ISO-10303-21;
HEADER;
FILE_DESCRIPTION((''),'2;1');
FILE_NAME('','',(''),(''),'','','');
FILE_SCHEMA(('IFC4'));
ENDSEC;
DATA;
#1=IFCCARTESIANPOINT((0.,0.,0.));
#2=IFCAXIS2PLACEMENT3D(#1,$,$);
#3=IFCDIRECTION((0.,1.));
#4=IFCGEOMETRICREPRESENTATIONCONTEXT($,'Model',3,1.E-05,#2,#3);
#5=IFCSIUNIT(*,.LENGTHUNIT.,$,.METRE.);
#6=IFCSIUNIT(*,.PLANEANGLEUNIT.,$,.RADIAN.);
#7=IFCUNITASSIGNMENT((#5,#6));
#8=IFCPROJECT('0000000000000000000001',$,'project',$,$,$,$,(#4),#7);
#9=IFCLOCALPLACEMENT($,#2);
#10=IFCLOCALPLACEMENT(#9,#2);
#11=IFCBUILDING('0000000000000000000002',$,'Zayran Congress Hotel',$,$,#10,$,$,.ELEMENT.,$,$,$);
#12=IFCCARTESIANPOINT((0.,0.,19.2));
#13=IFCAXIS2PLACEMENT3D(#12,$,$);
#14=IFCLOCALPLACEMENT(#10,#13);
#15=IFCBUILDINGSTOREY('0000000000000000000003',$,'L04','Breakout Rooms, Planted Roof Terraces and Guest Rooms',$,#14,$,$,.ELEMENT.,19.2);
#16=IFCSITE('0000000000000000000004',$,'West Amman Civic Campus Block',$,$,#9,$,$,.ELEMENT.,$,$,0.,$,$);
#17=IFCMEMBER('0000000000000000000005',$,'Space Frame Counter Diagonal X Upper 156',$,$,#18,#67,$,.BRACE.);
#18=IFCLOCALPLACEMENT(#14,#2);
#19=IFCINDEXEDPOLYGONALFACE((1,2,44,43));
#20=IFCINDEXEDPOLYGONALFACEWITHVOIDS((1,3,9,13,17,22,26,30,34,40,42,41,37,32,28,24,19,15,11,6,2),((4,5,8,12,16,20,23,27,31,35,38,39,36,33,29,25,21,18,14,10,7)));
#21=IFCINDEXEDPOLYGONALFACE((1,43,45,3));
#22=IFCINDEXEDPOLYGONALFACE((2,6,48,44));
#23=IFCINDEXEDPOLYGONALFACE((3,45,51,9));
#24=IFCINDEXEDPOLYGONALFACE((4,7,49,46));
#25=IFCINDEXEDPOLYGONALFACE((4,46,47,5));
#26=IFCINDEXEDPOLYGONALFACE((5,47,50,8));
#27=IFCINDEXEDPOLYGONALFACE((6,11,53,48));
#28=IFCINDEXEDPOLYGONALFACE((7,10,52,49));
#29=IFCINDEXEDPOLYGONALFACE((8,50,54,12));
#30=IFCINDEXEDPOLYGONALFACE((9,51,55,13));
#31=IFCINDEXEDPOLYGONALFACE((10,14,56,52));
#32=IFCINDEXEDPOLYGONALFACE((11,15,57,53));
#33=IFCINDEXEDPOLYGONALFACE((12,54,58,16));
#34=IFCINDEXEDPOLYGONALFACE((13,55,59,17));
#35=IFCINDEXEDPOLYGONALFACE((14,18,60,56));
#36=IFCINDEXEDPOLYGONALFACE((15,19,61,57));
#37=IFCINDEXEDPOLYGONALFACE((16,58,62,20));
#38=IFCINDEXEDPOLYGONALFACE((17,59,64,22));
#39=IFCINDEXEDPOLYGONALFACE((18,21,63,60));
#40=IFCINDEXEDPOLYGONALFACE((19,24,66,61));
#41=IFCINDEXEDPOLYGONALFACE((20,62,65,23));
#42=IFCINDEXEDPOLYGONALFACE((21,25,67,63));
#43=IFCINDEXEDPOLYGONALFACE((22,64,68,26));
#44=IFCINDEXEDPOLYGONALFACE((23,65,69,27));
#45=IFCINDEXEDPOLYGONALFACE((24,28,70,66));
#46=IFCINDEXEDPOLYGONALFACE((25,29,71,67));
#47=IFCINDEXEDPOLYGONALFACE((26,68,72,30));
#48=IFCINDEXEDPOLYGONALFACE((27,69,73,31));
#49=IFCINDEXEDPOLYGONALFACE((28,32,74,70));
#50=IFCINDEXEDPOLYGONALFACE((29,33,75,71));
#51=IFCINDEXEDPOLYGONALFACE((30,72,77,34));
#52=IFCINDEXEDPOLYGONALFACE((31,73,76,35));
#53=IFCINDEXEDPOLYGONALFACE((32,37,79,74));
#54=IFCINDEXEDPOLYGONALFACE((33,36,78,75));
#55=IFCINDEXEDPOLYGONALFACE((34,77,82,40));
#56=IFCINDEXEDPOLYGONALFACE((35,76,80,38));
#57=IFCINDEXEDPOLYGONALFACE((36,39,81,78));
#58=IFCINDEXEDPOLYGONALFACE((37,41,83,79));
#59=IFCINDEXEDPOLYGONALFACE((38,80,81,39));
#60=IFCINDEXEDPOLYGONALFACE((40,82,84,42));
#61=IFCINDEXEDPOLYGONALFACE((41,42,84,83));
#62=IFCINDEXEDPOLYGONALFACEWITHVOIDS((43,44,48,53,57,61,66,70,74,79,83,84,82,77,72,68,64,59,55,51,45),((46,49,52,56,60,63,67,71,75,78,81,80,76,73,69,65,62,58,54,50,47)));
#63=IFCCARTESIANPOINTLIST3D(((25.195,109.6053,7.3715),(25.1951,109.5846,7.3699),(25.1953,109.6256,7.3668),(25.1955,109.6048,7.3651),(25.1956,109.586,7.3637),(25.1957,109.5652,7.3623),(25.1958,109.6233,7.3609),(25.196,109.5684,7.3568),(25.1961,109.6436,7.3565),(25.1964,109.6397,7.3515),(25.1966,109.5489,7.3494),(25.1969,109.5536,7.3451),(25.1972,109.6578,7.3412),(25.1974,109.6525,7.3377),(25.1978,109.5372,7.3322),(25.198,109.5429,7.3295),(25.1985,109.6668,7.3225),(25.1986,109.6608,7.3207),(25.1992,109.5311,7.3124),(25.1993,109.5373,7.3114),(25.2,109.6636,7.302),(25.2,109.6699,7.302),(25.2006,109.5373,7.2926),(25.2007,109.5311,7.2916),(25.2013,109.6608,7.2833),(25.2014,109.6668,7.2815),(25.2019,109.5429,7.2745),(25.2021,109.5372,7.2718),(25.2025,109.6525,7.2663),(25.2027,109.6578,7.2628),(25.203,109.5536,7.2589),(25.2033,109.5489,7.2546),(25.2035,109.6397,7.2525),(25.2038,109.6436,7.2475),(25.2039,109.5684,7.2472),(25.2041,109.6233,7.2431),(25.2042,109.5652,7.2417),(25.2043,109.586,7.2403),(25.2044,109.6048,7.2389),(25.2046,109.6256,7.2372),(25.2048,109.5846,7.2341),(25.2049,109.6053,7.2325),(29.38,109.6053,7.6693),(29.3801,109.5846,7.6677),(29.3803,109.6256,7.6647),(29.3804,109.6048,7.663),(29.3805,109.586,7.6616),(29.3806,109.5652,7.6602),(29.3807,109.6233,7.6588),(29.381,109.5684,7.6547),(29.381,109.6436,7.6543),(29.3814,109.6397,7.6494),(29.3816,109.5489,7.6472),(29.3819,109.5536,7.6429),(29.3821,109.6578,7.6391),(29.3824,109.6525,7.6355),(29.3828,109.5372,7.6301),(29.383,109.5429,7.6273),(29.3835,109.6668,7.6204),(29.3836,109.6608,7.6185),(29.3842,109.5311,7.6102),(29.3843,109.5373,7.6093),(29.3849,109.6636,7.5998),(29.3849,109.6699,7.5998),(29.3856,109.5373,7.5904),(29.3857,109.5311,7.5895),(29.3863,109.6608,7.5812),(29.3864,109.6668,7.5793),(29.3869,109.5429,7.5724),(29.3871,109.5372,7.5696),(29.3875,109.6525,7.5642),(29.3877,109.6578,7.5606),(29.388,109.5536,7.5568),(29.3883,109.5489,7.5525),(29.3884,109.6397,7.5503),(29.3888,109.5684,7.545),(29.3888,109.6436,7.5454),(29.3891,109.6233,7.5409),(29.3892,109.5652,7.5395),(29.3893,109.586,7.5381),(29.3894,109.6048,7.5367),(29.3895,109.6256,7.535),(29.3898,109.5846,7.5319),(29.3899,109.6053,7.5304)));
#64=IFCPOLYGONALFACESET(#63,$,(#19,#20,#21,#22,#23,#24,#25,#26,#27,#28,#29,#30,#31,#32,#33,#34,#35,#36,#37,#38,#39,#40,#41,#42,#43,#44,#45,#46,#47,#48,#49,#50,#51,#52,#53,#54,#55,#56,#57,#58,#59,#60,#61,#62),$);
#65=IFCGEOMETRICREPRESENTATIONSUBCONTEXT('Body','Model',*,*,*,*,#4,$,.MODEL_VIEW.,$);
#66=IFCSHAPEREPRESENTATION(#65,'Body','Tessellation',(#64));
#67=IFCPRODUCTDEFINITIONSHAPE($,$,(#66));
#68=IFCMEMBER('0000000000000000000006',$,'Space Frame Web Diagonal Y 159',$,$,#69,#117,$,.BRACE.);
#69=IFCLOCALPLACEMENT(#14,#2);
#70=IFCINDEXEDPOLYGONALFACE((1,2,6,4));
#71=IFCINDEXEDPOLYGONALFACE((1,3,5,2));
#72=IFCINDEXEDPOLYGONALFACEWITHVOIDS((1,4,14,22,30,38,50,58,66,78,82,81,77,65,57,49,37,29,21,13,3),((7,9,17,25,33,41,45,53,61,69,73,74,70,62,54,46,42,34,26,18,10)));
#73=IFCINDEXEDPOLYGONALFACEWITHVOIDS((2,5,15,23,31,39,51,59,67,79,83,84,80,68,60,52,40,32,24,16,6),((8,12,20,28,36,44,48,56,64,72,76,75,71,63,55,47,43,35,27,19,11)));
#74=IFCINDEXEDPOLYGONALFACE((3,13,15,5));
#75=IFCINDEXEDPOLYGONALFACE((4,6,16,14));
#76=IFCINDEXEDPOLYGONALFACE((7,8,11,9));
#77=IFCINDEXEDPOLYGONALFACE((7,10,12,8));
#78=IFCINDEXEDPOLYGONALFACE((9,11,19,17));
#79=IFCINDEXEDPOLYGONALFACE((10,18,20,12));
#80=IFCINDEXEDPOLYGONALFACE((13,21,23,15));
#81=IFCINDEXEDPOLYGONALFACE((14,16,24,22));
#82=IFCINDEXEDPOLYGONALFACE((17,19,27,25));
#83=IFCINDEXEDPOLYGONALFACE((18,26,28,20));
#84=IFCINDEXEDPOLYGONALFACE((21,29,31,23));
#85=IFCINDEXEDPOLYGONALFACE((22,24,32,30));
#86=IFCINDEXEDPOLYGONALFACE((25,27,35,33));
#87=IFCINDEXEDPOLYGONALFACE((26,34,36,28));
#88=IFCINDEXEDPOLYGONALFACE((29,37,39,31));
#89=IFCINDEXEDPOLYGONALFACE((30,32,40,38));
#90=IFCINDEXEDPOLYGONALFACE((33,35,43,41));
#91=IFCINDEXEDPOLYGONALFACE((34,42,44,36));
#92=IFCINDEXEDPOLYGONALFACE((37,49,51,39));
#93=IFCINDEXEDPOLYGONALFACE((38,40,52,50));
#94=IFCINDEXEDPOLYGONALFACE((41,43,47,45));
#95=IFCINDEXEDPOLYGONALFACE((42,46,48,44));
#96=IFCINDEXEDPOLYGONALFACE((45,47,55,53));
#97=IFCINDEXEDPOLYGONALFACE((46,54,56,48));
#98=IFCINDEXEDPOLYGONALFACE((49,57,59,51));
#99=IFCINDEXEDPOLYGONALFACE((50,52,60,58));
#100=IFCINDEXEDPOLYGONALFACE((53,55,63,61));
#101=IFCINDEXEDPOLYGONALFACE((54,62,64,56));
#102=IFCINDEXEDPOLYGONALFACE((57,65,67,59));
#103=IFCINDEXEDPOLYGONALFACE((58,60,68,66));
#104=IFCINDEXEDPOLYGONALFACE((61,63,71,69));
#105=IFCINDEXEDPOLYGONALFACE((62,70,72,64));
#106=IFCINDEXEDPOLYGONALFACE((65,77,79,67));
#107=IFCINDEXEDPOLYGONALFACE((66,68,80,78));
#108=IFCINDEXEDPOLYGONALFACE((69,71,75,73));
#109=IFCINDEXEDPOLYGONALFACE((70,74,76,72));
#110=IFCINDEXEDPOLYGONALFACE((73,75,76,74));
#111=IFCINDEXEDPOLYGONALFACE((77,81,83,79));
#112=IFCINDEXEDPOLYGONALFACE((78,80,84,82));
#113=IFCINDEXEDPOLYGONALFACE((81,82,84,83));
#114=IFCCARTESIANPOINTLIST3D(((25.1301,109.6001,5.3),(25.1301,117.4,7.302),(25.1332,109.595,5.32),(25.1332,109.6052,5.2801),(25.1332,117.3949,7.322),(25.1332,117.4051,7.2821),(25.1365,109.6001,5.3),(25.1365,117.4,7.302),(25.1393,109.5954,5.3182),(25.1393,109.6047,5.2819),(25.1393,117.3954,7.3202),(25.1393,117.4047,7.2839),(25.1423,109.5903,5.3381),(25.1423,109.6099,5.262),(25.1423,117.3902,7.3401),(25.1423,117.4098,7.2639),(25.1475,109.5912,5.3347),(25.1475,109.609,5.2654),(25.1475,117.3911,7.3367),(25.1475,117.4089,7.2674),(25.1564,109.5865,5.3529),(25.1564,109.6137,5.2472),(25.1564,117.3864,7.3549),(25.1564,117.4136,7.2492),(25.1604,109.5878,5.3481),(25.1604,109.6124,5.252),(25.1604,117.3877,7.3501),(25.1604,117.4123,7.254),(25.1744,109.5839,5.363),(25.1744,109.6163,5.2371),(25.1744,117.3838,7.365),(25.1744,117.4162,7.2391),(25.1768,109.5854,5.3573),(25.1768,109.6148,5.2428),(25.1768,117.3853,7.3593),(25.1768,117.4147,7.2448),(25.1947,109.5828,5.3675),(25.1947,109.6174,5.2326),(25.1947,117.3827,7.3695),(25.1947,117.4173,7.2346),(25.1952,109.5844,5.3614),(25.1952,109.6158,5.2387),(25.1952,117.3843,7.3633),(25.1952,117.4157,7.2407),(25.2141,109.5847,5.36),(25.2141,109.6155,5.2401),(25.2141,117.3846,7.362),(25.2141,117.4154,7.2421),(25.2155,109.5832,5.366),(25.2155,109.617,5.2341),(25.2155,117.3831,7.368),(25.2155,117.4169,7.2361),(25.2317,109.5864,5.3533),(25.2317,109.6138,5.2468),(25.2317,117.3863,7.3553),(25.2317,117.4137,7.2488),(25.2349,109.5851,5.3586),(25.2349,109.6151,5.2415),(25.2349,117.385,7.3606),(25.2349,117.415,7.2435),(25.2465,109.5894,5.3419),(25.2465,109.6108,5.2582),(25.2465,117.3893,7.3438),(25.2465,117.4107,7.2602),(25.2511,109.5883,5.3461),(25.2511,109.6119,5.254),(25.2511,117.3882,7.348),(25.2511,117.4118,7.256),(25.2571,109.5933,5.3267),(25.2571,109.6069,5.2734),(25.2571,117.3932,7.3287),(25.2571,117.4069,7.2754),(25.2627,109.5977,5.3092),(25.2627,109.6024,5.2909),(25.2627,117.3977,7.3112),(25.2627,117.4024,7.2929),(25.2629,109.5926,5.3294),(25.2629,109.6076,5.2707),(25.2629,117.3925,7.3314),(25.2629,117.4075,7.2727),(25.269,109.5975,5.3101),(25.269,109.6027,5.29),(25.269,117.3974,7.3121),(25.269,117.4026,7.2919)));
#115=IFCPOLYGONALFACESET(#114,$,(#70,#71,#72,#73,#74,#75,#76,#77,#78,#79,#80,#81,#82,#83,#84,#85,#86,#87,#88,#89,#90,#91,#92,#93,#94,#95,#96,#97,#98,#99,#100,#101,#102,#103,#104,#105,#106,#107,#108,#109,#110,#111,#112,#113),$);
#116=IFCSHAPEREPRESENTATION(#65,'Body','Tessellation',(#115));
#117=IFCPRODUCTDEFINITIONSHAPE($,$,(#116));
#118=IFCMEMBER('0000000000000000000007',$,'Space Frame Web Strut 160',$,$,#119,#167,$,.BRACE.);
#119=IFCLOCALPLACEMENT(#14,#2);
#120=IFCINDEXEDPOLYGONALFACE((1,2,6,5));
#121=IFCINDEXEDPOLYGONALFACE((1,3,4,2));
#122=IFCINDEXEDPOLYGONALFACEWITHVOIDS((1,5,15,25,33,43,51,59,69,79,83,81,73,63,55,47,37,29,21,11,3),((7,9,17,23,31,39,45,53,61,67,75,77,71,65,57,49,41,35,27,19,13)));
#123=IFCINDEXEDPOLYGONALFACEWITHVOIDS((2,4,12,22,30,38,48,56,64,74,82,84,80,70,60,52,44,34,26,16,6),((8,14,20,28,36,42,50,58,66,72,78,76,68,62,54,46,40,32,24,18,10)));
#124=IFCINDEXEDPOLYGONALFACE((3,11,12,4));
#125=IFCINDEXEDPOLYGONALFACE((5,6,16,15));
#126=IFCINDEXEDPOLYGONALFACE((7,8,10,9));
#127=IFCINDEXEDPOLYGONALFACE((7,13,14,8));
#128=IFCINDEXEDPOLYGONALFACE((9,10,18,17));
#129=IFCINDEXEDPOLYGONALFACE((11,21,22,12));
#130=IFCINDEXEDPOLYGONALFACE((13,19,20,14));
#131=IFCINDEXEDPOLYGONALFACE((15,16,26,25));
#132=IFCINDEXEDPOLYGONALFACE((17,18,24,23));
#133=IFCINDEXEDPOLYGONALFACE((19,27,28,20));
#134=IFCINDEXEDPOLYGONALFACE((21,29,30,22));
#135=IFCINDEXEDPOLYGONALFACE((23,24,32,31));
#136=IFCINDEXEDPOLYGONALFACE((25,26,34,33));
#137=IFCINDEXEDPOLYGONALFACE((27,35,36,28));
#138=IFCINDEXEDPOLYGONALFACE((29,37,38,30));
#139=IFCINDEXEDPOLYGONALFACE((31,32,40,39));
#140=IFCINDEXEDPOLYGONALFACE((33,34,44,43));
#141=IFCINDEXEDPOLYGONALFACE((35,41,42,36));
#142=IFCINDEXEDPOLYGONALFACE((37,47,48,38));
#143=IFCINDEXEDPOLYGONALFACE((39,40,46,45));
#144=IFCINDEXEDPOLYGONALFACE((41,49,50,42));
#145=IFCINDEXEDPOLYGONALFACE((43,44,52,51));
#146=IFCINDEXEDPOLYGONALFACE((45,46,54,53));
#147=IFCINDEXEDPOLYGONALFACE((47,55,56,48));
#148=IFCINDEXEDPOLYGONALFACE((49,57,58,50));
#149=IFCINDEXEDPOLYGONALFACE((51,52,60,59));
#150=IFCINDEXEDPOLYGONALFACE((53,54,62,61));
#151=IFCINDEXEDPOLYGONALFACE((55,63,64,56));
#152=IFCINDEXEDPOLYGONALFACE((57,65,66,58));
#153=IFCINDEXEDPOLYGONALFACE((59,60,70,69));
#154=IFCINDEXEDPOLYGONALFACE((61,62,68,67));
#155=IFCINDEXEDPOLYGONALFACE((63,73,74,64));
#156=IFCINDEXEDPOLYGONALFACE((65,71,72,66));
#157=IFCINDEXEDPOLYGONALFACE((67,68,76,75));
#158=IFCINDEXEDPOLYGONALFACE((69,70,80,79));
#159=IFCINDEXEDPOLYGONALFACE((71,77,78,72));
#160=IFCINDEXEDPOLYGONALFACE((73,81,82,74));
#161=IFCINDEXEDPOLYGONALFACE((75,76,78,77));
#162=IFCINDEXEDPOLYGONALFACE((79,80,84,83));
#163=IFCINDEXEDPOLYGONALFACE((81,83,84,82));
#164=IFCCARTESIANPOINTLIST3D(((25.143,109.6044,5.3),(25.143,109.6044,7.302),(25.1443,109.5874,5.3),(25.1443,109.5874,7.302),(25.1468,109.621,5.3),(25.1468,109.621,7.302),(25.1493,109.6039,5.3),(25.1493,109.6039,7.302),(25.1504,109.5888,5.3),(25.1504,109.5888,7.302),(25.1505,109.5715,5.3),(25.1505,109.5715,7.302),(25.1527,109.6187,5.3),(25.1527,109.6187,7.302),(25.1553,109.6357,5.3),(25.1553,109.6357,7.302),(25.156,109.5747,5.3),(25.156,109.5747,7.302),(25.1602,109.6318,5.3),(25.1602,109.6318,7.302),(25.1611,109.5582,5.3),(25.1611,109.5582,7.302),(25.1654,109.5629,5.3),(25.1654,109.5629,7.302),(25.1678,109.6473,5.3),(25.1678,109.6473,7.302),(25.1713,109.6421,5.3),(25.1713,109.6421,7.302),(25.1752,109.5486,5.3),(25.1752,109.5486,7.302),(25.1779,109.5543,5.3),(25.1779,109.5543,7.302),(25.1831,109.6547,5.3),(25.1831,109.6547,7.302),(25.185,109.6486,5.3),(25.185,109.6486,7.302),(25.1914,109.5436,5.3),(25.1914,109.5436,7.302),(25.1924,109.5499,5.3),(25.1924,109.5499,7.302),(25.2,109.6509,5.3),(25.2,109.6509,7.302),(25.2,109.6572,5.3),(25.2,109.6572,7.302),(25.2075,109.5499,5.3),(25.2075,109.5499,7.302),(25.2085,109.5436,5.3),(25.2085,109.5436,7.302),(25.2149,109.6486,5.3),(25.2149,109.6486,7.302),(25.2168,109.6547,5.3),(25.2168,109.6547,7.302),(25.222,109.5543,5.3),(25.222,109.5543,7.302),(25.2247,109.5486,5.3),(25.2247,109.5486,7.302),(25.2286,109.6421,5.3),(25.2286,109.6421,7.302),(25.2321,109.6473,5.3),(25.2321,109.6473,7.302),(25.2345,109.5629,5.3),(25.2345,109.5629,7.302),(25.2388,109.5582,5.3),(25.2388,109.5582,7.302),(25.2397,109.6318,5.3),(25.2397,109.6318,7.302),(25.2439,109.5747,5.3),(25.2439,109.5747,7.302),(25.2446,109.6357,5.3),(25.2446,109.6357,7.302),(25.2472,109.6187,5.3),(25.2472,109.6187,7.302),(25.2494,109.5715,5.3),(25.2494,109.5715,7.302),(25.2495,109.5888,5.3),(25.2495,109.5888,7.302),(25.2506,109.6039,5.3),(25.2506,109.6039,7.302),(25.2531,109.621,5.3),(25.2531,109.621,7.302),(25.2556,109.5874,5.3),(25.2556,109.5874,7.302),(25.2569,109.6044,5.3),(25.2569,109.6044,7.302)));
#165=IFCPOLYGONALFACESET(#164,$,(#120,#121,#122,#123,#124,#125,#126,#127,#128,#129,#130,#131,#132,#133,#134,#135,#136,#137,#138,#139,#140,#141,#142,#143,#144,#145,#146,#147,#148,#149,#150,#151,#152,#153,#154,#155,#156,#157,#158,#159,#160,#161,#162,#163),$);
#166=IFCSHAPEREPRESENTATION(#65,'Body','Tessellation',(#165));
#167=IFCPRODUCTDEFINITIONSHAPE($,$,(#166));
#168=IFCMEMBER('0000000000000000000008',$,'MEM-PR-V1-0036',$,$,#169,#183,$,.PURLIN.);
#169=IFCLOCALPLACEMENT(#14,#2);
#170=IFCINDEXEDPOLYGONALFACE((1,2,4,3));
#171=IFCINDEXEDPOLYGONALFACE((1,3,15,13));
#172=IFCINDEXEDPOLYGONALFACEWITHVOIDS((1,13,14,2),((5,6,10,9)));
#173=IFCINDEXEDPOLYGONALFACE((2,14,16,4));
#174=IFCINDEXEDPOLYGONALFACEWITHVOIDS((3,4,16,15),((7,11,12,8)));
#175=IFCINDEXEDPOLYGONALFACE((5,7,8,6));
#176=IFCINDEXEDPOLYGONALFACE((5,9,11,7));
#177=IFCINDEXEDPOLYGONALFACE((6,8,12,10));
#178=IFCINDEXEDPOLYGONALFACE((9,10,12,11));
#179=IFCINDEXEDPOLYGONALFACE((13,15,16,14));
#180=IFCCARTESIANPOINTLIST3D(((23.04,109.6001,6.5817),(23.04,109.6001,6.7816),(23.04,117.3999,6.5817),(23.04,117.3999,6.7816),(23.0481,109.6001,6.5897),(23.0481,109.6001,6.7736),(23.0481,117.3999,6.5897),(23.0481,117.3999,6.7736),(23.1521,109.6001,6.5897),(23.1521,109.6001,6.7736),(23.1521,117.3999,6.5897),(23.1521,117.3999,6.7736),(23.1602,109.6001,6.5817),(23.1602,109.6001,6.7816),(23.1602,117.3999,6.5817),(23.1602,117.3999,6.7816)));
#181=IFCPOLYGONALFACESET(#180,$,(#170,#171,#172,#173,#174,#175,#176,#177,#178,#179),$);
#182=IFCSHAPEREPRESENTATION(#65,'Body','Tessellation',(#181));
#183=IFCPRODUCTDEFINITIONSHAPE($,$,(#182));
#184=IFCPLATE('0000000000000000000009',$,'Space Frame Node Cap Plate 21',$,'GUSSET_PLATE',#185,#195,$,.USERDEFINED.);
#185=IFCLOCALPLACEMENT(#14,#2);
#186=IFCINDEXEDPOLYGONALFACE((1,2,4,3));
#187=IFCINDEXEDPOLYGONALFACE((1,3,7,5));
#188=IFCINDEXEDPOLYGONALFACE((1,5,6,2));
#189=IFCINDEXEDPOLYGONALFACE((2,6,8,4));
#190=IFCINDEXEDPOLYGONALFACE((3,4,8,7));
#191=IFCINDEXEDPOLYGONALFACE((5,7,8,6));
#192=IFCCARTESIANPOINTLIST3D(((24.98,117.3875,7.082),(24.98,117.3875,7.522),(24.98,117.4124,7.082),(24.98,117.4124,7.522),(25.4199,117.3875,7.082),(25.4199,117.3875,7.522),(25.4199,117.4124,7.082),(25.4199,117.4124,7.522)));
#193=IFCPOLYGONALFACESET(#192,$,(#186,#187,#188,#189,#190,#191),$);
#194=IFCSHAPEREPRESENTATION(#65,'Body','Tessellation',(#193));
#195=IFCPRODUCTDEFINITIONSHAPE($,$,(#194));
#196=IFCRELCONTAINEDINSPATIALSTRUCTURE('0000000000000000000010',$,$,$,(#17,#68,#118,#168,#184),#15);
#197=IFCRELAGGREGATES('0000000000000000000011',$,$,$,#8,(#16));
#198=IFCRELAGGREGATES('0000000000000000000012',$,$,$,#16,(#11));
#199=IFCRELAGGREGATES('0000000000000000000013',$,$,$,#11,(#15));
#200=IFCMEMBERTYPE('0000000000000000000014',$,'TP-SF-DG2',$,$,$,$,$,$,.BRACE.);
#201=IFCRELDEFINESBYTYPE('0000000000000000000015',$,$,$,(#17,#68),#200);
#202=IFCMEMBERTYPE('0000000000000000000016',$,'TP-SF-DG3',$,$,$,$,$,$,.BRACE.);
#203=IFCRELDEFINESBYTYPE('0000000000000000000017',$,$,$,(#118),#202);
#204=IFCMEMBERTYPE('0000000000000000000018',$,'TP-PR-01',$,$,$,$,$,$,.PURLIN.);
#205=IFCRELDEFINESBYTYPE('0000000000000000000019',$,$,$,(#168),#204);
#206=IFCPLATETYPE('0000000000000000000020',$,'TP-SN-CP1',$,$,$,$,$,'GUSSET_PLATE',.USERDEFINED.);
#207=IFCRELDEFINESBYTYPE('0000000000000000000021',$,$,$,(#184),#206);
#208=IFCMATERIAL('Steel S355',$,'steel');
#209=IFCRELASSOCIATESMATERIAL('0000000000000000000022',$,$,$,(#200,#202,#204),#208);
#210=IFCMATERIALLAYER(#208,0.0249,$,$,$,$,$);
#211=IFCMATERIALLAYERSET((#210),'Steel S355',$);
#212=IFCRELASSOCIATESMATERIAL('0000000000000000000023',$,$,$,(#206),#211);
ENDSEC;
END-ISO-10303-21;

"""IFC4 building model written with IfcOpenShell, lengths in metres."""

from ifc_helpers import new_model, si_unit, direction, frame, origin, origin_2d, place, context, subcontext, project, spatial, rectangle, hollow_rectangle, hollow_circle, extrude, material, layer, layer_set, material_profile, profile_set, type_object, element, save


model = new_model("IFC4")

# Units and contexts
model_context = context("Model", 3, precision=1e-05, world=origin(), true_north=direction((0.0, 1.0)))
body_context = subcontext(model_context, "Body", "Model", "MODEL_VIEW")
ifc_project = project(units=[si_unit("LENGTHUNIT", "METRE"), si_unit("PLANEANGLEUNIT", "RADIAN")], contexts=[model_context])

# Site, building, storey
site_placement = place(None, origin())
site = spatial("IfcSite", under=ifc_project, at=site_placement, Name="West Amman Civic Campus Block", CompositionType="ELEMENT", RefElevation=0.0)
building_placement = place(site_placement, origin())
building = spatial("IfcBuilding", under=site, at=building_placement, Name="Zayran Congress Hotel", CompositionType="ELEMENT")
storey_placement = place(building_placement, frame((0.0, 0.0, 19.2)))
storey = spatial("IfcBuildingStorey", under=building, at=storey_placement, Name="L04", Description="Breakout Rooms, Planted Roof Terraces and Guest Rooms", CompositionType="ELEMENT", Elevation=19.2)

# Shared definitions
ifc_material_1 = material(Name="Steel S355", Category="steel")

# Members
ifc_material_profile_1 = material_profile(ifc_material_1, hollow_circle(Radius=0.0698, WallThickness=0.0063, at=origin_2d()), Name="CHS 139.7x6.3")
ifc_profile_set_1 = profile_set([ifc_material_profile_1], Name="Steel S355")
member_type_1 = type_object("IfcMemberType", Name="TP-SF-DG2", PredefinedType="BRACE", material=ifc_profile_set_1)
member_1_placement = place(storey_placement, frame((25.2, 109.6001, 7.302), z_axis=(0.997477, 0.0, 0.070991), x_axis=(0.0, 1.0, 0.0)))
element("IfcMember", 1, at=member_1_placement, inside=storey, type_object=member_type_1, Name="Space Frame Counter Diagonal X Upper 156", PredefinedType="BRACE", context=body_context, shape_type="SweptSolid", body=[
    extrude(hollow_circle(Radius=0.0698, WallThickness=0.0063, at=origin_2d()), origin(), (0.0, 0.0, 1.0), 4.1956),
])
member_2_placement = place(storey_placement, frame((25.2, 109.6001, 5.3), z_axis=(0.0, 0.968604, 0.248609), x_axis=(-1.0, 0.0, 0.0)))
element("IfcMember", 2, at=member_2_placement, inside=storey, type_object=member_type_1, Name="Space Frame Web Diagonal Y 159", PredefinedType="BRACE", context=body_context, shape_type="SweptSolid", body=[
    extrude(hollow_circle(Radius=0.0698, WallThickness=0.0063, at=origin_2d()), origin(), (0.0, 0.0, 1.0), 8.0527),
])
ifc_material_profile_2 = material_profile(ifc_material_1, hollow_circle(Radius=0.0571, WallThickness=0.0063, at=origin_2d()), Name="CHS 114.3x6.3")
ifc_profile_set_2 = profile_set([ifc_material_profile_2], Name="Steel S355")
member_type_2 = type_object("IfcMemberType", Name="TP-SF-DG3", PredefinedType="BRACE", material=ifc_profile_set_2)
member_3_placement = place(storey_placement, frame((25.2, 109.6001, 5.3), z_axis=(0.0, 0.0, 1.0), x_axis=(0.0, 1.0, 0.0)))
element("IfcMember", 3, at=member_3_placement, inside=storey, type_object=member_type_2, Name="Space Frame Web Strut 160", PredefinedType="BRACE", context=body_context, shape_type="SweptSolid", body=[
    extrude(hollow_circle(Radius=0.0571, WallThickness=0.0063, at=origin_2d()), origin(), (0.0, 0.0, 1.0), 2.002),
])
ifc_material_profile_3 = material_profile(ifc_material_1, hollow_rectangle(XDim=0.1201, YDim=0.2, WallThickness=0.0081, at=origin_2d()), Name="RHS 200x120x8")
ifc_profile_set_3 = profile_set([ifc_material_profile_3], Name="Steel S355")
member_type_3 = type_object("IfcMemberType", Name="TP-PR-01", PredefinedType="PURLIN", material=ifc_profile_set_3)
member_4_placement = place(storey_placement, frame((23.1001, 109.6001, 6.6816), z_axis=(0.0, 1.0, 0.0), x_axis=(-1.0, 0.0, 0.0)))
element("IfcMember", 4, at=member_4_placement, inside=storey, type_object=member_type_3, Name="MEM-PR-V1-0036", PredefinedType="PURLIN", context=body_context, shape_type="SweptSolid", body=[
    extrude(hollow_rectangle(XDim=0.1201, YDim=0.2, WallThickness=0.0081, at=origin_2d()), origin(), (0.0, 0.0, 1.0), 7.7998),
])

# Plate
ifc_layer_1 = layer(ifc_material_1, 0.0249)
ifc_layer_set_1 = layer_set([ifc_layer_1], Name="Steel S355")
plate_type_1 = type_object("IfcPlateType", Name="TP-SN-CP1", ElementType="GUSSET_PLATE", PredefinedType="USERDEFINED", material=ifc_layer_set_1)
plate_1_placement = place(storey_placement, frame((25.2, 117.3999, 7.082), z_axis=(0.0, 0.0, 1.0), x_axis=(1.0, 0.0, 0.0)))
element("IfcPlate", 5, at=plate_1_placement, inside=storey, type_object=plate_type_1, Name="Space Frame Node Cap Plate 21", ObjectType="GUSSET_PLATE", PredefinedType="USERDEFINED", context=body_context, shape_type="SweptSolid", body=[
    extrude(rectangle(XDim=0.4399, YDim=0.0249, at=origin_2d()), origin(), (0.0, 0.0, 1.0), 0.4399),
])

save(model, "model.ifc")
